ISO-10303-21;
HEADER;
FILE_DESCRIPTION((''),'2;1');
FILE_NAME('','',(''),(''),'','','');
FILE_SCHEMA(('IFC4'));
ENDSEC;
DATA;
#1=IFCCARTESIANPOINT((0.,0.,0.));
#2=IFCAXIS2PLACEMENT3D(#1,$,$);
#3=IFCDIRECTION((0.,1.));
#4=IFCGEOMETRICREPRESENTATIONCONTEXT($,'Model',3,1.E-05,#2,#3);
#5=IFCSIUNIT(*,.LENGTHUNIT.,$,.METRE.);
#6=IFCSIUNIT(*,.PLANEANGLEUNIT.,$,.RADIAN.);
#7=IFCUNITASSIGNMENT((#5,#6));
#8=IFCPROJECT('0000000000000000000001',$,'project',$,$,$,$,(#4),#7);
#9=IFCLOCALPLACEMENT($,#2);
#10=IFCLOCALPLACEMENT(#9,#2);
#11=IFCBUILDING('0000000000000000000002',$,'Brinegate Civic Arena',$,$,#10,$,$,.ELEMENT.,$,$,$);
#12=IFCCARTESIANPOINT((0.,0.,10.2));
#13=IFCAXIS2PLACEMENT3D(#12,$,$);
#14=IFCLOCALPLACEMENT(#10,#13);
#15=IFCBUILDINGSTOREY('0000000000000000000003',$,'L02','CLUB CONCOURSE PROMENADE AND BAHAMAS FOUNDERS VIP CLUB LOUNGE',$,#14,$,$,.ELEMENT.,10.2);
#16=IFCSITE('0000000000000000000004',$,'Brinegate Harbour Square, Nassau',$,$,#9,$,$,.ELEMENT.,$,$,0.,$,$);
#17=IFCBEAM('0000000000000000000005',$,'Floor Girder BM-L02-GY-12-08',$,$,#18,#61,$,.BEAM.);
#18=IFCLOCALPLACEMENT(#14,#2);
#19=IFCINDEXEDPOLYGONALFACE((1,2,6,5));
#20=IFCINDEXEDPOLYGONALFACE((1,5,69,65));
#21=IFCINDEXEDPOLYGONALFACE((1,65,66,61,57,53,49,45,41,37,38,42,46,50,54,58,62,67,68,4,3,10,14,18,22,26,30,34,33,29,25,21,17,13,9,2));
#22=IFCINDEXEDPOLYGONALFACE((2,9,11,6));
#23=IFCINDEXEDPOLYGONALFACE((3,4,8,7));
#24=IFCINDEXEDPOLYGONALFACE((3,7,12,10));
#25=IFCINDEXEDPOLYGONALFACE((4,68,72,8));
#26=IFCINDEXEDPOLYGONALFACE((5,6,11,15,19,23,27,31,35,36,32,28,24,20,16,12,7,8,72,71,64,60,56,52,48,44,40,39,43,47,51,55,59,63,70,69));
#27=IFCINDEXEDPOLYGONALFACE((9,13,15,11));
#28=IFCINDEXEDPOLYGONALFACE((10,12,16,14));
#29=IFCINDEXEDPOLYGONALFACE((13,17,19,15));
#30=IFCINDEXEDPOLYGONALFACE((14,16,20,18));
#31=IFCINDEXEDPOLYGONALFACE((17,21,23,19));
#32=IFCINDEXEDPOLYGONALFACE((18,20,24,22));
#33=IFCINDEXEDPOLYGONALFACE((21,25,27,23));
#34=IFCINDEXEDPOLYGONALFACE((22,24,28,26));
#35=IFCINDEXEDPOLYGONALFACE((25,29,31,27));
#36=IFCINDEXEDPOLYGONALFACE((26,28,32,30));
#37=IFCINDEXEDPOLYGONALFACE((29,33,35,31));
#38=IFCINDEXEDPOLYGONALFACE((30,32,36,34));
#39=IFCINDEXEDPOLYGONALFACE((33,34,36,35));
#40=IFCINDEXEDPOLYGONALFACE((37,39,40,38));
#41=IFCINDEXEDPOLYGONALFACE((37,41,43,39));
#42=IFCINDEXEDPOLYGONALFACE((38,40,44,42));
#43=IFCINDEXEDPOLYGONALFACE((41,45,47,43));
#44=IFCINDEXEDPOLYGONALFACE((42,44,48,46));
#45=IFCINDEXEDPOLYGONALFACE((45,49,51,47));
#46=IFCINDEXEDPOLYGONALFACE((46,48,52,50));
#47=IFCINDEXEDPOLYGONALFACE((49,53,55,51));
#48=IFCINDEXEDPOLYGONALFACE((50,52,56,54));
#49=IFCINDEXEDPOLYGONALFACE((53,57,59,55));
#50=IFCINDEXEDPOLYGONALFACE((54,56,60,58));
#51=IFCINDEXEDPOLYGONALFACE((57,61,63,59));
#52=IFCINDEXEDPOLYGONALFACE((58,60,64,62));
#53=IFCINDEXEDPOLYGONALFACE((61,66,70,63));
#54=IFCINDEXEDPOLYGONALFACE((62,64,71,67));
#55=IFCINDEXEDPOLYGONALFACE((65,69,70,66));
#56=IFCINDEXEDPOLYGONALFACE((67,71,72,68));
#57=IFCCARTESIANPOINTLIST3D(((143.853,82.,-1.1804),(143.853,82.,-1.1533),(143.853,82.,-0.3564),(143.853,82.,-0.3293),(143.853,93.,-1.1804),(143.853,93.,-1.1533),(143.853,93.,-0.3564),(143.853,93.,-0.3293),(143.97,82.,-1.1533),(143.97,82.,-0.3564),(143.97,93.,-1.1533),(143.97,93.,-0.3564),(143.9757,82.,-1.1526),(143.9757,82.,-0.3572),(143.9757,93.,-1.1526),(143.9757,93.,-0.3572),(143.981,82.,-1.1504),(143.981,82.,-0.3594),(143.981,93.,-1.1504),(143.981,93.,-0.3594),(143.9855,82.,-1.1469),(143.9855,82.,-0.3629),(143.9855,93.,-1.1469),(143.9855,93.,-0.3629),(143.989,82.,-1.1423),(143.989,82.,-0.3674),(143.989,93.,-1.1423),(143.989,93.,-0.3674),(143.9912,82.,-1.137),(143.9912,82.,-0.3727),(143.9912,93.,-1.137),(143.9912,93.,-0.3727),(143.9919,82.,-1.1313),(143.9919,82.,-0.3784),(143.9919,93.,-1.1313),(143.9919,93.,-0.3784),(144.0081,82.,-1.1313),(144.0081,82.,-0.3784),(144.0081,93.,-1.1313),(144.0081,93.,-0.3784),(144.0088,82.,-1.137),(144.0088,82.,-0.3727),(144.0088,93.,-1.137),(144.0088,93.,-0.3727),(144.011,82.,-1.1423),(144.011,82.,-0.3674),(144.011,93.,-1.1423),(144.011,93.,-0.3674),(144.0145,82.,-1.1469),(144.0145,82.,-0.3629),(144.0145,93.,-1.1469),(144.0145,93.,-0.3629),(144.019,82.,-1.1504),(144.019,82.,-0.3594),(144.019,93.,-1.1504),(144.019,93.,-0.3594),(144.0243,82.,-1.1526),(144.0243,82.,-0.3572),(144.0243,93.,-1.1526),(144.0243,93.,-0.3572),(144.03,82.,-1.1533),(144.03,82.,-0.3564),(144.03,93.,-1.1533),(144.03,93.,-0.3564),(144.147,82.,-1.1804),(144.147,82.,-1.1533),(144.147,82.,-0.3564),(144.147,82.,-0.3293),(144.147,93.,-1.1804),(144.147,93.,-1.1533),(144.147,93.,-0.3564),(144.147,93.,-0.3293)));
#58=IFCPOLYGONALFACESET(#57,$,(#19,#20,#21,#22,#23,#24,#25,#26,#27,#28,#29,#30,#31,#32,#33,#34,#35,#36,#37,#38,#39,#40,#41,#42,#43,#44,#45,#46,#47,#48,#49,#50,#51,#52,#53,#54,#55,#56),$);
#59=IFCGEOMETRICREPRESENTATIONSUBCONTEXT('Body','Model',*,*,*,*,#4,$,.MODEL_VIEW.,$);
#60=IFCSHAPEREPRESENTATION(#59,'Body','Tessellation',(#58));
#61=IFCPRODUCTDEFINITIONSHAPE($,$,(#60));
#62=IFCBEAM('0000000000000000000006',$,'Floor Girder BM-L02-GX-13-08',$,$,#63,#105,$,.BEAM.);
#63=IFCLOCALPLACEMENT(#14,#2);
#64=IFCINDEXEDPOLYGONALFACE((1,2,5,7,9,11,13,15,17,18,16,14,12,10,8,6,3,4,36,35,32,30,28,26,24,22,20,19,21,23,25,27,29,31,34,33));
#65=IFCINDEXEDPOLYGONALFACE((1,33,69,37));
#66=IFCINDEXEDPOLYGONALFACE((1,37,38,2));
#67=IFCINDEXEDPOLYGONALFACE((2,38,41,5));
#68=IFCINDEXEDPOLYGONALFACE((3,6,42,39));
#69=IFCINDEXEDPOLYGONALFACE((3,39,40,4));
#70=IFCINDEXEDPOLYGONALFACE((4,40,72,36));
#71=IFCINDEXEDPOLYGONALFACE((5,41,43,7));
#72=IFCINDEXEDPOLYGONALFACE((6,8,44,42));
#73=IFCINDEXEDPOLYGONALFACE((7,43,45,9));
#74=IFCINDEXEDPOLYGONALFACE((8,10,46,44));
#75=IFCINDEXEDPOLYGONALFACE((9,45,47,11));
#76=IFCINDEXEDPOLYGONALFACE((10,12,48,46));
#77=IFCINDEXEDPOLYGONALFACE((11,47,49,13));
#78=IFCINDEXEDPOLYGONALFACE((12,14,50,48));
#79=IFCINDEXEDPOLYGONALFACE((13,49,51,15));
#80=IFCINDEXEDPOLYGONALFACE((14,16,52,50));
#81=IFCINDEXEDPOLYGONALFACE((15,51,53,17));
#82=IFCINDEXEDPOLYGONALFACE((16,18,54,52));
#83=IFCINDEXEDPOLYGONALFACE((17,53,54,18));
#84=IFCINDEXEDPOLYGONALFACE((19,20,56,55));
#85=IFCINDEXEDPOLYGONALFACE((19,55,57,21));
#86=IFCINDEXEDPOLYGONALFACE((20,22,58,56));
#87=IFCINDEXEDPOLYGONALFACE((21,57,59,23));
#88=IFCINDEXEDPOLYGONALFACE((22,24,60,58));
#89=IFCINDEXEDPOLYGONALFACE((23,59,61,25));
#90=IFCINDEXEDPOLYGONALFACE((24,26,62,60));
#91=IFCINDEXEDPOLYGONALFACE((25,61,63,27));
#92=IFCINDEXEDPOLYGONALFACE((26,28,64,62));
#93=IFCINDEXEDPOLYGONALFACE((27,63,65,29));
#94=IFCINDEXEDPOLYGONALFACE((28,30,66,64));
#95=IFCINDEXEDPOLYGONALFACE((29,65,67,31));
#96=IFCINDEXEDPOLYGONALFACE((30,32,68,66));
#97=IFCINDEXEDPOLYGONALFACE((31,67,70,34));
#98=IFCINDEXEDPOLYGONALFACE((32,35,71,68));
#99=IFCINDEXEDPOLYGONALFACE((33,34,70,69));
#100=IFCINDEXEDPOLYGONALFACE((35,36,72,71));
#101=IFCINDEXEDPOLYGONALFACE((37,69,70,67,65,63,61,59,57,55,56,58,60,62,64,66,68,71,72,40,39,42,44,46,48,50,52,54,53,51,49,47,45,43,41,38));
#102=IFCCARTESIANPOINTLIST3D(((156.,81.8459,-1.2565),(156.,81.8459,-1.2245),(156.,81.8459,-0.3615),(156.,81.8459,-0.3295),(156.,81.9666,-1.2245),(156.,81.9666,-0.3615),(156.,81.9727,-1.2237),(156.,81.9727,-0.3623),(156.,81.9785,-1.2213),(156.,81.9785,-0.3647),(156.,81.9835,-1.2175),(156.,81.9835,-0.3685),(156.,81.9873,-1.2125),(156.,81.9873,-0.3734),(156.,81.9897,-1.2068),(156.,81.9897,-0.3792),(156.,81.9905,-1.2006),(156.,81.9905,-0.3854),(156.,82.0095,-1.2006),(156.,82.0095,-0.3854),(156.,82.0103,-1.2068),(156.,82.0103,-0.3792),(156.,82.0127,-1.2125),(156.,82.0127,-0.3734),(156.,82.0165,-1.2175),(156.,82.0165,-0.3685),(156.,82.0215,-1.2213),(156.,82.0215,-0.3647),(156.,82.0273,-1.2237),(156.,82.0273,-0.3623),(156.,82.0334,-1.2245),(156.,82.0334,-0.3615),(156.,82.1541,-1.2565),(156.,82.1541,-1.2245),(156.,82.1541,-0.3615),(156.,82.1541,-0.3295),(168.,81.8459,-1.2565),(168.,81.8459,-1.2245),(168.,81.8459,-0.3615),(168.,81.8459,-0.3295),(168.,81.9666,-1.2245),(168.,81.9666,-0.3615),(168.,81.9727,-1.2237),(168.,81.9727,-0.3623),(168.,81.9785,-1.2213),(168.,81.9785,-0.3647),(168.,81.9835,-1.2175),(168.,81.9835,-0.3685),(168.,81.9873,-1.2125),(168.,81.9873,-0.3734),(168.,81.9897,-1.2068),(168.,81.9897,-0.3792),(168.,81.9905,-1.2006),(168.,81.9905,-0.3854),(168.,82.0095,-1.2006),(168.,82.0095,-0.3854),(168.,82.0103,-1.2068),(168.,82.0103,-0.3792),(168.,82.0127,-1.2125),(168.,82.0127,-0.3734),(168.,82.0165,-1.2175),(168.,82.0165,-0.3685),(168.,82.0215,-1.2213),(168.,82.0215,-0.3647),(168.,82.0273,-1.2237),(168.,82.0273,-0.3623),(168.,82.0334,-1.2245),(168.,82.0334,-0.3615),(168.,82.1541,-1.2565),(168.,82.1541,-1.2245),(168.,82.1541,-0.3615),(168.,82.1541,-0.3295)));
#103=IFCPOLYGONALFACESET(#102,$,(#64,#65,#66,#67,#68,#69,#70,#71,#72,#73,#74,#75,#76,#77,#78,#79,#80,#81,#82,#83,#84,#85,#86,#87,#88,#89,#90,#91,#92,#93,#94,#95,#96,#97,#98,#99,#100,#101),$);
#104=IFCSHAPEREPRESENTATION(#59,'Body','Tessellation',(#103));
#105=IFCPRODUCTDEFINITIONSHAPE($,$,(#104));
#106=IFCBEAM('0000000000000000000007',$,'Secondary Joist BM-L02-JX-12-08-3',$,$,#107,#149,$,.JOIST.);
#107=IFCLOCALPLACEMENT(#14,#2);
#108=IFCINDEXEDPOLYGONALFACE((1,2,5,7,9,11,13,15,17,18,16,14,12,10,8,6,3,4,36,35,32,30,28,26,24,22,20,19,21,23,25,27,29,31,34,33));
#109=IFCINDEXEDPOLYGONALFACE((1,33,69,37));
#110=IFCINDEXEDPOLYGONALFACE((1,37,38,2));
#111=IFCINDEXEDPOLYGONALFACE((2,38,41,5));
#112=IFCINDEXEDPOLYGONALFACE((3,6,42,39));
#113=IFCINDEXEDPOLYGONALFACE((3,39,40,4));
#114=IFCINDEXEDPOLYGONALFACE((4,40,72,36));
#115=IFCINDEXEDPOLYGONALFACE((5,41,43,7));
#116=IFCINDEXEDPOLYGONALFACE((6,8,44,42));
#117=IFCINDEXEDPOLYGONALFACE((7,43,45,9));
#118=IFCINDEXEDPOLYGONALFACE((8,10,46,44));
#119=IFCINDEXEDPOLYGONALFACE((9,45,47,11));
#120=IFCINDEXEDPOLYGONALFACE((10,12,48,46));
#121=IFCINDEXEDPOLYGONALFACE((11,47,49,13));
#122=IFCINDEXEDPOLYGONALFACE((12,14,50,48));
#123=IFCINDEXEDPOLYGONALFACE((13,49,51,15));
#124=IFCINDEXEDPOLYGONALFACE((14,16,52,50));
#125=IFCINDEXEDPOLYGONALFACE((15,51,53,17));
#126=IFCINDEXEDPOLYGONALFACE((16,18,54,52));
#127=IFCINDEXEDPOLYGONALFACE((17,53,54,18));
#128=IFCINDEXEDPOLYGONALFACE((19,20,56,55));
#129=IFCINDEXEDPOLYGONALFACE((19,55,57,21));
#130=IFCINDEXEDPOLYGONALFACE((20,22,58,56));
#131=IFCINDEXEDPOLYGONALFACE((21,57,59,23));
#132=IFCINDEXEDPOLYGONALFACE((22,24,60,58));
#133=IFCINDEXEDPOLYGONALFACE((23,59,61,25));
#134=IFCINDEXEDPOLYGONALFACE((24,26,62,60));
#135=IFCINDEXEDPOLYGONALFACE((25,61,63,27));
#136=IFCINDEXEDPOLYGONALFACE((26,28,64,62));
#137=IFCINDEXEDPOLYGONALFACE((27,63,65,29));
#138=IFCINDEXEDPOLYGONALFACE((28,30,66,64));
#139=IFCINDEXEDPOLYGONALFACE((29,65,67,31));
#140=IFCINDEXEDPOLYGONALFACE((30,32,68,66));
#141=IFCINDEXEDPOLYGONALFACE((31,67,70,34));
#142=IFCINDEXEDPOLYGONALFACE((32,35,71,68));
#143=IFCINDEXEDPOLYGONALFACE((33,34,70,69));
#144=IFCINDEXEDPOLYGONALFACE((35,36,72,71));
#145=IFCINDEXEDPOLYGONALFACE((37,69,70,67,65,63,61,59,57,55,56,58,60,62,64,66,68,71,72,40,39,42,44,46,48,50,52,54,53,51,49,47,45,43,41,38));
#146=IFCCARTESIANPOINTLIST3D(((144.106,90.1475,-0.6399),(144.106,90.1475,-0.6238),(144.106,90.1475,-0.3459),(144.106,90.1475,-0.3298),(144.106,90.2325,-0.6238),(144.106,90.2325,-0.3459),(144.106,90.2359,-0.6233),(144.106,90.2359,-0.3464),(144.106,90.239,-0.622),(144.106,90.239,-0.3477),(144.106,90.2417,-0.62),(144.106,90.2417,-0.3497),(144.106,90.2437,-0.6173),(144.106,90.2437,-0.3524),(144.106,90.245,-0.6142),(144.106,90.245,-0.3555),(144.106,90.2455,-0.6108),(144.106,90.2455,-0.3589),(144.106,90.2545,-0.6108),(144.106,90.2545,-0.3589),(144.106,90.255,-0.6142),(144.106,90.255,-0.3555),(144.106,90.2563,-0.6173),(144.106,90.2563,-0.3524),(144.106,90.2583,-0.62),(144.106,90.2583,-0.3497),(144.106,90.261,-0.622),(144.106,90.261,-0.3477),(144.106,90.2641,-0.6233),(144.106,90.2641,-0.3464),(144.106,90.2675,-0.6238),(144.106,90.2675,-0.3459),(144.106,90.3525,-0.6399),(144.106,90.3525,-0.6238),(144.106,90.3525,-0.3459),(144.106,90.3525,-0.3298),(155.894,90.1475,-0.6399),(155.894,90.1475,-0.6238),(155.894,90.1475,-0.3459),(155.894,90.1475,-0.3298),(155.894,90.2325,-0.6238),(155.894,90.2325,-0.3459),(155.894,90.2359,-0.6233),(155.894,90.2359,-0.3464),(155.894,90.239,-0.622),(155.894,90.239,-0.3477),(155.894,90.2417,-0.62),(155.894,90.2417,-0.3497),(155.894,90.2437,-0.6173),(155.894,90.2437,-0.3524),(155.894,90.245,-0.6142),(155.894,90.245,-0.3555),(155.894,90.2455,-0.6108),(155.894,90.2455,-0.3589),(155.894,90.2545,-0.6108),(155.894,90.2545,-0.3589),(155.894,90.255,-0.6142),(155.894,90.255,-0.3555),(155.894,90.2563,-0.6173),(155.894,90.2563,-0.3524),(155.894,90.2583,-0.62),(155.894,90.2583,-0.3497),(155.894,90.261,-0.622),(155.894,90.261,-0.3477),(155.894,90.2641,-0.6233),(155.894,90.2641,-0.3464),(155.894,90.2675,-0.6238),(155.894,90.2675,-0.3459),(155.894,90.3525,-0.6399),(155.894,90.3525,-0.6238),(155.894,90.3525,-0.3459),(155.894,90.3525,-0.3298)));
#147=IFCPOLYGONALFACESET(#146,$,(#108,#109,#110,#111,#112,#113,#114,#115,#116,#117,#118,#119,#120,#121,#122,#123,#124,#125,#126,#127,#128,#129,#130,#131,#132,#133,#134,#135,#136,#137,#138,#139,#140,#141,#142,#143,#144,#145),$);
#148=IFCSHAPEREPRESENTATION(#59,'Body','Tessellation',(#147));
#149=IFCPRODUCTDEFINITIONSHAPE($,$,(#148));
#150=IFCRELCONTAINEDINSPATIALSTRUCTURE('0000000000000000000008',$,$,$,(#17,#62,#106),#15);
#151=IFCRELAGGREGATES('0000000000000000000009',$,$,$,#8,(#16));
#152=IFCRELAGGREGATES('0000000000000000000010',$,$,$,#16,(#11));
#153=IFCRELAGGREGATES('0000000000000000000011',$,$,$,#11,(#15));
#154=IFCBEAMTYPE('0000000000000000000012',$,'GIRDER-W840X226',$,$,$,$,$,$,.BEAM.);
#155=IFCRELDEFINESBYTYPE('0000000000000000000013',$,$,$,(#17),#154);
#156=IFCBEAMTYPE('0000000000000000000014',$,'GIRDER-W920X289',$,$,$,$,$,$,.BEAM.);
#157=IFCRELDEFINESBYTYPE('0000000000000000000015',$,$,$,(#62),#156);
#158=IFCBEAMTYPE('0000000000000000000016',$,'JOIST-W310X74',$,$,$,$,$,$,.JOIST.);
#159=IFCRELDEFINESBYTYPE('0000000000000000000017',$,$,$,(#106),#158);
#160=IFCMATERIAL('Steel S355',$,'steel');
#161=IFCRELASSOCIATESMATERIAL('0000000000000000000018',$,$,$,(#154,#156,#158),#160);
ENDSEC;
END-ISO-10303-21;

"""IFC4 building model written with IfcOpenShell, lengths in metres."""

from ifc_helpers import new_model, si_unit, direction, frame, origin, origin_2d, place, context, subcontext, project, spatial, i_section, extrude, material, material_profile, profile_set, type_object, element, save


model = new_model("IFC4")

# Units and contexts
model_context = context("Model", 3, precision=1e-05, world=origin(), true_north=direction((0.0, 1.0)))
body_context = subcontext(model_context, "Body", "Model", "MODEL_VIEW")
ifc_project = project(units=[si_unit("LENGTHUNIT", "METRE"), si_unit("PLANEANGLEUNIT", "RADIAN")], contexts=[model_context])

# Site, building, storey
site_placement = place(None, origin())
site = spatial("IfcSite", under=ifc_project, at=site_placement, Name="Brinegate Harbour Square, Nassau", CompositionType="ELEMENT", RefElevation=0.0)
building_placement = place(site_placement, origin())
building = spatial("IfcBuilding", under=site, at=building_placement, Name="Brinegate Civic Arena", CompositionType="ELEMENT")
storey_placement = place(building_placement, frame((0.0, 0.0, 10.2)))
storey = spatial("IfcBuildingStorey", under=building, at=storey_placement, Name="L02", Description="CLUB CONCOURSE PROMENADE AND BAHAMAS FOUNDERS VIP CLUB LOUNGE", CompositionType="ELEMENT", Elevation=10.2)

# Beams
ifc_material_1 = material(Name="Steel S355", Category="steel")
ifc_material_profile_1 = material_profile(ifc_material_1, i_section(OverallWidth=0.2939, OverallDepth=0.8511, WebThickness=0.0161, FlangeThickness=0.0271, FilletRadius=0.022, at=origin_2d()), Name="W840X226")
ifc_profile_set_1 = profile_set([ifc_material_profile_1], Name="Steel S355")
beam_type_1 = type_object("IfcBeamType", Name="GIRDER-W840X226", PredefinedType="BEAM", material=ifc_profile_set_1)
beam_1_placement = place(storey_placement, frame((144.0, 82.0, -0.7549), z_axis=(0.0, 1.0, 0.0), x_axis=(-1.0, 0.0, 0.0)))
element("IfcBeam", 1, at=beam_1_placement, inside=storey, type_object=beam_type_1, Name="Floor Girder BM-L02-GY-12-08", PredefinedType="BEAM", context=body_context, shape_type="SweptSolid", body=[
    extrude(i_section(OverallWidth=0.2939, OverallDepth=0.8511, WebThickness=0.0161, FlangeThickness=0.0271, FilletRadius=0.022, at=origin_2d()), origin(), (0.0, 0.0, 1.0), 11.0),
])
ifc_material_profile_2 = material_profile(ifc_material_1, i_section(OverallWidth=0.3081, OverallDepth=0.927, WebThickness=0.019, FlangeThickness=0.032, FilletRadius=0.0239, at=origin_2d()), Name="W920X289")
ifc_profile_set_2 = profile_set([ifc_material_profile_2], Name="Steel S355")
beam_type_2 = type_object("IfcBeamType", Name="GIRDER-W920X289", PredefinedType="BEAM", material=ifc_profile_set_2)
beam_2_placement = place(storey_placement, frame((156.0, 82.0, -0.793), z_axis=(1.0, 0.0, 0.0), x_axis=(0.0, 1.0, 0.0)))
element("IfcBeam", 2, at=beam_2_placement, inside=storey, type_object=beam_type_2, Name="Floor Girder BM-L02-GX-13-08", PredefinedType="BEAM", context=body_context, shape_type="SweptSolid", body=[
    extrude(i_section(OverallWidth=0.3081, OverallDepth=0.927, WebThickness=0.019, FlangeThickness=0.032, FilletRadius=0.0239, at=origin_2d()), origin(), (0.0, 0.0, 1.0), 12.0),
])
ifc_material_profile_3 = material_profile(ifc_material_1, i_section(OverallWidth=0.2051, OverallDepth=0.3101, WebThickness=0.009, FlangeThickness=0.0161, FilletRadius=0.0129, at=origin_2d()), Name="W310X74")
ifc_profile_set_3 = profile_set([ifc_material_profile_3], Name="Steel S355")
beam_type_3 = type_object("IfcBeamType", Name="JOIST-W310X74", PredefinedType="JOIST", material=ifc_profile_set_3)
beam_3_placement = place(storey_placement, frame((144.106, 90.25, -0.4849), z_axis=(1.0, 0.0, 0.0), x_axis=(0.0, 1.0, 0.0)))
element("IfcBeam", 3, at=beam_3_placement, inside=storey, type_object=beam_type_3, Name="Secondary Joist BM-L02-JX-12-08-3", PredefinedType="JOIST", context=body_context, shape_type="SweptSolid", body=[
    extrude(i_section(OverallWidth=0.2051, OverallDepth=0.3101, WebThickness=0.009, FlangeThickness=0.0161, FilletRadius=0.0129, at=origin_2d()), origin(), (0.0, 0.0, 1.0), 11.7881),
])

save(model, "model.ifc")
